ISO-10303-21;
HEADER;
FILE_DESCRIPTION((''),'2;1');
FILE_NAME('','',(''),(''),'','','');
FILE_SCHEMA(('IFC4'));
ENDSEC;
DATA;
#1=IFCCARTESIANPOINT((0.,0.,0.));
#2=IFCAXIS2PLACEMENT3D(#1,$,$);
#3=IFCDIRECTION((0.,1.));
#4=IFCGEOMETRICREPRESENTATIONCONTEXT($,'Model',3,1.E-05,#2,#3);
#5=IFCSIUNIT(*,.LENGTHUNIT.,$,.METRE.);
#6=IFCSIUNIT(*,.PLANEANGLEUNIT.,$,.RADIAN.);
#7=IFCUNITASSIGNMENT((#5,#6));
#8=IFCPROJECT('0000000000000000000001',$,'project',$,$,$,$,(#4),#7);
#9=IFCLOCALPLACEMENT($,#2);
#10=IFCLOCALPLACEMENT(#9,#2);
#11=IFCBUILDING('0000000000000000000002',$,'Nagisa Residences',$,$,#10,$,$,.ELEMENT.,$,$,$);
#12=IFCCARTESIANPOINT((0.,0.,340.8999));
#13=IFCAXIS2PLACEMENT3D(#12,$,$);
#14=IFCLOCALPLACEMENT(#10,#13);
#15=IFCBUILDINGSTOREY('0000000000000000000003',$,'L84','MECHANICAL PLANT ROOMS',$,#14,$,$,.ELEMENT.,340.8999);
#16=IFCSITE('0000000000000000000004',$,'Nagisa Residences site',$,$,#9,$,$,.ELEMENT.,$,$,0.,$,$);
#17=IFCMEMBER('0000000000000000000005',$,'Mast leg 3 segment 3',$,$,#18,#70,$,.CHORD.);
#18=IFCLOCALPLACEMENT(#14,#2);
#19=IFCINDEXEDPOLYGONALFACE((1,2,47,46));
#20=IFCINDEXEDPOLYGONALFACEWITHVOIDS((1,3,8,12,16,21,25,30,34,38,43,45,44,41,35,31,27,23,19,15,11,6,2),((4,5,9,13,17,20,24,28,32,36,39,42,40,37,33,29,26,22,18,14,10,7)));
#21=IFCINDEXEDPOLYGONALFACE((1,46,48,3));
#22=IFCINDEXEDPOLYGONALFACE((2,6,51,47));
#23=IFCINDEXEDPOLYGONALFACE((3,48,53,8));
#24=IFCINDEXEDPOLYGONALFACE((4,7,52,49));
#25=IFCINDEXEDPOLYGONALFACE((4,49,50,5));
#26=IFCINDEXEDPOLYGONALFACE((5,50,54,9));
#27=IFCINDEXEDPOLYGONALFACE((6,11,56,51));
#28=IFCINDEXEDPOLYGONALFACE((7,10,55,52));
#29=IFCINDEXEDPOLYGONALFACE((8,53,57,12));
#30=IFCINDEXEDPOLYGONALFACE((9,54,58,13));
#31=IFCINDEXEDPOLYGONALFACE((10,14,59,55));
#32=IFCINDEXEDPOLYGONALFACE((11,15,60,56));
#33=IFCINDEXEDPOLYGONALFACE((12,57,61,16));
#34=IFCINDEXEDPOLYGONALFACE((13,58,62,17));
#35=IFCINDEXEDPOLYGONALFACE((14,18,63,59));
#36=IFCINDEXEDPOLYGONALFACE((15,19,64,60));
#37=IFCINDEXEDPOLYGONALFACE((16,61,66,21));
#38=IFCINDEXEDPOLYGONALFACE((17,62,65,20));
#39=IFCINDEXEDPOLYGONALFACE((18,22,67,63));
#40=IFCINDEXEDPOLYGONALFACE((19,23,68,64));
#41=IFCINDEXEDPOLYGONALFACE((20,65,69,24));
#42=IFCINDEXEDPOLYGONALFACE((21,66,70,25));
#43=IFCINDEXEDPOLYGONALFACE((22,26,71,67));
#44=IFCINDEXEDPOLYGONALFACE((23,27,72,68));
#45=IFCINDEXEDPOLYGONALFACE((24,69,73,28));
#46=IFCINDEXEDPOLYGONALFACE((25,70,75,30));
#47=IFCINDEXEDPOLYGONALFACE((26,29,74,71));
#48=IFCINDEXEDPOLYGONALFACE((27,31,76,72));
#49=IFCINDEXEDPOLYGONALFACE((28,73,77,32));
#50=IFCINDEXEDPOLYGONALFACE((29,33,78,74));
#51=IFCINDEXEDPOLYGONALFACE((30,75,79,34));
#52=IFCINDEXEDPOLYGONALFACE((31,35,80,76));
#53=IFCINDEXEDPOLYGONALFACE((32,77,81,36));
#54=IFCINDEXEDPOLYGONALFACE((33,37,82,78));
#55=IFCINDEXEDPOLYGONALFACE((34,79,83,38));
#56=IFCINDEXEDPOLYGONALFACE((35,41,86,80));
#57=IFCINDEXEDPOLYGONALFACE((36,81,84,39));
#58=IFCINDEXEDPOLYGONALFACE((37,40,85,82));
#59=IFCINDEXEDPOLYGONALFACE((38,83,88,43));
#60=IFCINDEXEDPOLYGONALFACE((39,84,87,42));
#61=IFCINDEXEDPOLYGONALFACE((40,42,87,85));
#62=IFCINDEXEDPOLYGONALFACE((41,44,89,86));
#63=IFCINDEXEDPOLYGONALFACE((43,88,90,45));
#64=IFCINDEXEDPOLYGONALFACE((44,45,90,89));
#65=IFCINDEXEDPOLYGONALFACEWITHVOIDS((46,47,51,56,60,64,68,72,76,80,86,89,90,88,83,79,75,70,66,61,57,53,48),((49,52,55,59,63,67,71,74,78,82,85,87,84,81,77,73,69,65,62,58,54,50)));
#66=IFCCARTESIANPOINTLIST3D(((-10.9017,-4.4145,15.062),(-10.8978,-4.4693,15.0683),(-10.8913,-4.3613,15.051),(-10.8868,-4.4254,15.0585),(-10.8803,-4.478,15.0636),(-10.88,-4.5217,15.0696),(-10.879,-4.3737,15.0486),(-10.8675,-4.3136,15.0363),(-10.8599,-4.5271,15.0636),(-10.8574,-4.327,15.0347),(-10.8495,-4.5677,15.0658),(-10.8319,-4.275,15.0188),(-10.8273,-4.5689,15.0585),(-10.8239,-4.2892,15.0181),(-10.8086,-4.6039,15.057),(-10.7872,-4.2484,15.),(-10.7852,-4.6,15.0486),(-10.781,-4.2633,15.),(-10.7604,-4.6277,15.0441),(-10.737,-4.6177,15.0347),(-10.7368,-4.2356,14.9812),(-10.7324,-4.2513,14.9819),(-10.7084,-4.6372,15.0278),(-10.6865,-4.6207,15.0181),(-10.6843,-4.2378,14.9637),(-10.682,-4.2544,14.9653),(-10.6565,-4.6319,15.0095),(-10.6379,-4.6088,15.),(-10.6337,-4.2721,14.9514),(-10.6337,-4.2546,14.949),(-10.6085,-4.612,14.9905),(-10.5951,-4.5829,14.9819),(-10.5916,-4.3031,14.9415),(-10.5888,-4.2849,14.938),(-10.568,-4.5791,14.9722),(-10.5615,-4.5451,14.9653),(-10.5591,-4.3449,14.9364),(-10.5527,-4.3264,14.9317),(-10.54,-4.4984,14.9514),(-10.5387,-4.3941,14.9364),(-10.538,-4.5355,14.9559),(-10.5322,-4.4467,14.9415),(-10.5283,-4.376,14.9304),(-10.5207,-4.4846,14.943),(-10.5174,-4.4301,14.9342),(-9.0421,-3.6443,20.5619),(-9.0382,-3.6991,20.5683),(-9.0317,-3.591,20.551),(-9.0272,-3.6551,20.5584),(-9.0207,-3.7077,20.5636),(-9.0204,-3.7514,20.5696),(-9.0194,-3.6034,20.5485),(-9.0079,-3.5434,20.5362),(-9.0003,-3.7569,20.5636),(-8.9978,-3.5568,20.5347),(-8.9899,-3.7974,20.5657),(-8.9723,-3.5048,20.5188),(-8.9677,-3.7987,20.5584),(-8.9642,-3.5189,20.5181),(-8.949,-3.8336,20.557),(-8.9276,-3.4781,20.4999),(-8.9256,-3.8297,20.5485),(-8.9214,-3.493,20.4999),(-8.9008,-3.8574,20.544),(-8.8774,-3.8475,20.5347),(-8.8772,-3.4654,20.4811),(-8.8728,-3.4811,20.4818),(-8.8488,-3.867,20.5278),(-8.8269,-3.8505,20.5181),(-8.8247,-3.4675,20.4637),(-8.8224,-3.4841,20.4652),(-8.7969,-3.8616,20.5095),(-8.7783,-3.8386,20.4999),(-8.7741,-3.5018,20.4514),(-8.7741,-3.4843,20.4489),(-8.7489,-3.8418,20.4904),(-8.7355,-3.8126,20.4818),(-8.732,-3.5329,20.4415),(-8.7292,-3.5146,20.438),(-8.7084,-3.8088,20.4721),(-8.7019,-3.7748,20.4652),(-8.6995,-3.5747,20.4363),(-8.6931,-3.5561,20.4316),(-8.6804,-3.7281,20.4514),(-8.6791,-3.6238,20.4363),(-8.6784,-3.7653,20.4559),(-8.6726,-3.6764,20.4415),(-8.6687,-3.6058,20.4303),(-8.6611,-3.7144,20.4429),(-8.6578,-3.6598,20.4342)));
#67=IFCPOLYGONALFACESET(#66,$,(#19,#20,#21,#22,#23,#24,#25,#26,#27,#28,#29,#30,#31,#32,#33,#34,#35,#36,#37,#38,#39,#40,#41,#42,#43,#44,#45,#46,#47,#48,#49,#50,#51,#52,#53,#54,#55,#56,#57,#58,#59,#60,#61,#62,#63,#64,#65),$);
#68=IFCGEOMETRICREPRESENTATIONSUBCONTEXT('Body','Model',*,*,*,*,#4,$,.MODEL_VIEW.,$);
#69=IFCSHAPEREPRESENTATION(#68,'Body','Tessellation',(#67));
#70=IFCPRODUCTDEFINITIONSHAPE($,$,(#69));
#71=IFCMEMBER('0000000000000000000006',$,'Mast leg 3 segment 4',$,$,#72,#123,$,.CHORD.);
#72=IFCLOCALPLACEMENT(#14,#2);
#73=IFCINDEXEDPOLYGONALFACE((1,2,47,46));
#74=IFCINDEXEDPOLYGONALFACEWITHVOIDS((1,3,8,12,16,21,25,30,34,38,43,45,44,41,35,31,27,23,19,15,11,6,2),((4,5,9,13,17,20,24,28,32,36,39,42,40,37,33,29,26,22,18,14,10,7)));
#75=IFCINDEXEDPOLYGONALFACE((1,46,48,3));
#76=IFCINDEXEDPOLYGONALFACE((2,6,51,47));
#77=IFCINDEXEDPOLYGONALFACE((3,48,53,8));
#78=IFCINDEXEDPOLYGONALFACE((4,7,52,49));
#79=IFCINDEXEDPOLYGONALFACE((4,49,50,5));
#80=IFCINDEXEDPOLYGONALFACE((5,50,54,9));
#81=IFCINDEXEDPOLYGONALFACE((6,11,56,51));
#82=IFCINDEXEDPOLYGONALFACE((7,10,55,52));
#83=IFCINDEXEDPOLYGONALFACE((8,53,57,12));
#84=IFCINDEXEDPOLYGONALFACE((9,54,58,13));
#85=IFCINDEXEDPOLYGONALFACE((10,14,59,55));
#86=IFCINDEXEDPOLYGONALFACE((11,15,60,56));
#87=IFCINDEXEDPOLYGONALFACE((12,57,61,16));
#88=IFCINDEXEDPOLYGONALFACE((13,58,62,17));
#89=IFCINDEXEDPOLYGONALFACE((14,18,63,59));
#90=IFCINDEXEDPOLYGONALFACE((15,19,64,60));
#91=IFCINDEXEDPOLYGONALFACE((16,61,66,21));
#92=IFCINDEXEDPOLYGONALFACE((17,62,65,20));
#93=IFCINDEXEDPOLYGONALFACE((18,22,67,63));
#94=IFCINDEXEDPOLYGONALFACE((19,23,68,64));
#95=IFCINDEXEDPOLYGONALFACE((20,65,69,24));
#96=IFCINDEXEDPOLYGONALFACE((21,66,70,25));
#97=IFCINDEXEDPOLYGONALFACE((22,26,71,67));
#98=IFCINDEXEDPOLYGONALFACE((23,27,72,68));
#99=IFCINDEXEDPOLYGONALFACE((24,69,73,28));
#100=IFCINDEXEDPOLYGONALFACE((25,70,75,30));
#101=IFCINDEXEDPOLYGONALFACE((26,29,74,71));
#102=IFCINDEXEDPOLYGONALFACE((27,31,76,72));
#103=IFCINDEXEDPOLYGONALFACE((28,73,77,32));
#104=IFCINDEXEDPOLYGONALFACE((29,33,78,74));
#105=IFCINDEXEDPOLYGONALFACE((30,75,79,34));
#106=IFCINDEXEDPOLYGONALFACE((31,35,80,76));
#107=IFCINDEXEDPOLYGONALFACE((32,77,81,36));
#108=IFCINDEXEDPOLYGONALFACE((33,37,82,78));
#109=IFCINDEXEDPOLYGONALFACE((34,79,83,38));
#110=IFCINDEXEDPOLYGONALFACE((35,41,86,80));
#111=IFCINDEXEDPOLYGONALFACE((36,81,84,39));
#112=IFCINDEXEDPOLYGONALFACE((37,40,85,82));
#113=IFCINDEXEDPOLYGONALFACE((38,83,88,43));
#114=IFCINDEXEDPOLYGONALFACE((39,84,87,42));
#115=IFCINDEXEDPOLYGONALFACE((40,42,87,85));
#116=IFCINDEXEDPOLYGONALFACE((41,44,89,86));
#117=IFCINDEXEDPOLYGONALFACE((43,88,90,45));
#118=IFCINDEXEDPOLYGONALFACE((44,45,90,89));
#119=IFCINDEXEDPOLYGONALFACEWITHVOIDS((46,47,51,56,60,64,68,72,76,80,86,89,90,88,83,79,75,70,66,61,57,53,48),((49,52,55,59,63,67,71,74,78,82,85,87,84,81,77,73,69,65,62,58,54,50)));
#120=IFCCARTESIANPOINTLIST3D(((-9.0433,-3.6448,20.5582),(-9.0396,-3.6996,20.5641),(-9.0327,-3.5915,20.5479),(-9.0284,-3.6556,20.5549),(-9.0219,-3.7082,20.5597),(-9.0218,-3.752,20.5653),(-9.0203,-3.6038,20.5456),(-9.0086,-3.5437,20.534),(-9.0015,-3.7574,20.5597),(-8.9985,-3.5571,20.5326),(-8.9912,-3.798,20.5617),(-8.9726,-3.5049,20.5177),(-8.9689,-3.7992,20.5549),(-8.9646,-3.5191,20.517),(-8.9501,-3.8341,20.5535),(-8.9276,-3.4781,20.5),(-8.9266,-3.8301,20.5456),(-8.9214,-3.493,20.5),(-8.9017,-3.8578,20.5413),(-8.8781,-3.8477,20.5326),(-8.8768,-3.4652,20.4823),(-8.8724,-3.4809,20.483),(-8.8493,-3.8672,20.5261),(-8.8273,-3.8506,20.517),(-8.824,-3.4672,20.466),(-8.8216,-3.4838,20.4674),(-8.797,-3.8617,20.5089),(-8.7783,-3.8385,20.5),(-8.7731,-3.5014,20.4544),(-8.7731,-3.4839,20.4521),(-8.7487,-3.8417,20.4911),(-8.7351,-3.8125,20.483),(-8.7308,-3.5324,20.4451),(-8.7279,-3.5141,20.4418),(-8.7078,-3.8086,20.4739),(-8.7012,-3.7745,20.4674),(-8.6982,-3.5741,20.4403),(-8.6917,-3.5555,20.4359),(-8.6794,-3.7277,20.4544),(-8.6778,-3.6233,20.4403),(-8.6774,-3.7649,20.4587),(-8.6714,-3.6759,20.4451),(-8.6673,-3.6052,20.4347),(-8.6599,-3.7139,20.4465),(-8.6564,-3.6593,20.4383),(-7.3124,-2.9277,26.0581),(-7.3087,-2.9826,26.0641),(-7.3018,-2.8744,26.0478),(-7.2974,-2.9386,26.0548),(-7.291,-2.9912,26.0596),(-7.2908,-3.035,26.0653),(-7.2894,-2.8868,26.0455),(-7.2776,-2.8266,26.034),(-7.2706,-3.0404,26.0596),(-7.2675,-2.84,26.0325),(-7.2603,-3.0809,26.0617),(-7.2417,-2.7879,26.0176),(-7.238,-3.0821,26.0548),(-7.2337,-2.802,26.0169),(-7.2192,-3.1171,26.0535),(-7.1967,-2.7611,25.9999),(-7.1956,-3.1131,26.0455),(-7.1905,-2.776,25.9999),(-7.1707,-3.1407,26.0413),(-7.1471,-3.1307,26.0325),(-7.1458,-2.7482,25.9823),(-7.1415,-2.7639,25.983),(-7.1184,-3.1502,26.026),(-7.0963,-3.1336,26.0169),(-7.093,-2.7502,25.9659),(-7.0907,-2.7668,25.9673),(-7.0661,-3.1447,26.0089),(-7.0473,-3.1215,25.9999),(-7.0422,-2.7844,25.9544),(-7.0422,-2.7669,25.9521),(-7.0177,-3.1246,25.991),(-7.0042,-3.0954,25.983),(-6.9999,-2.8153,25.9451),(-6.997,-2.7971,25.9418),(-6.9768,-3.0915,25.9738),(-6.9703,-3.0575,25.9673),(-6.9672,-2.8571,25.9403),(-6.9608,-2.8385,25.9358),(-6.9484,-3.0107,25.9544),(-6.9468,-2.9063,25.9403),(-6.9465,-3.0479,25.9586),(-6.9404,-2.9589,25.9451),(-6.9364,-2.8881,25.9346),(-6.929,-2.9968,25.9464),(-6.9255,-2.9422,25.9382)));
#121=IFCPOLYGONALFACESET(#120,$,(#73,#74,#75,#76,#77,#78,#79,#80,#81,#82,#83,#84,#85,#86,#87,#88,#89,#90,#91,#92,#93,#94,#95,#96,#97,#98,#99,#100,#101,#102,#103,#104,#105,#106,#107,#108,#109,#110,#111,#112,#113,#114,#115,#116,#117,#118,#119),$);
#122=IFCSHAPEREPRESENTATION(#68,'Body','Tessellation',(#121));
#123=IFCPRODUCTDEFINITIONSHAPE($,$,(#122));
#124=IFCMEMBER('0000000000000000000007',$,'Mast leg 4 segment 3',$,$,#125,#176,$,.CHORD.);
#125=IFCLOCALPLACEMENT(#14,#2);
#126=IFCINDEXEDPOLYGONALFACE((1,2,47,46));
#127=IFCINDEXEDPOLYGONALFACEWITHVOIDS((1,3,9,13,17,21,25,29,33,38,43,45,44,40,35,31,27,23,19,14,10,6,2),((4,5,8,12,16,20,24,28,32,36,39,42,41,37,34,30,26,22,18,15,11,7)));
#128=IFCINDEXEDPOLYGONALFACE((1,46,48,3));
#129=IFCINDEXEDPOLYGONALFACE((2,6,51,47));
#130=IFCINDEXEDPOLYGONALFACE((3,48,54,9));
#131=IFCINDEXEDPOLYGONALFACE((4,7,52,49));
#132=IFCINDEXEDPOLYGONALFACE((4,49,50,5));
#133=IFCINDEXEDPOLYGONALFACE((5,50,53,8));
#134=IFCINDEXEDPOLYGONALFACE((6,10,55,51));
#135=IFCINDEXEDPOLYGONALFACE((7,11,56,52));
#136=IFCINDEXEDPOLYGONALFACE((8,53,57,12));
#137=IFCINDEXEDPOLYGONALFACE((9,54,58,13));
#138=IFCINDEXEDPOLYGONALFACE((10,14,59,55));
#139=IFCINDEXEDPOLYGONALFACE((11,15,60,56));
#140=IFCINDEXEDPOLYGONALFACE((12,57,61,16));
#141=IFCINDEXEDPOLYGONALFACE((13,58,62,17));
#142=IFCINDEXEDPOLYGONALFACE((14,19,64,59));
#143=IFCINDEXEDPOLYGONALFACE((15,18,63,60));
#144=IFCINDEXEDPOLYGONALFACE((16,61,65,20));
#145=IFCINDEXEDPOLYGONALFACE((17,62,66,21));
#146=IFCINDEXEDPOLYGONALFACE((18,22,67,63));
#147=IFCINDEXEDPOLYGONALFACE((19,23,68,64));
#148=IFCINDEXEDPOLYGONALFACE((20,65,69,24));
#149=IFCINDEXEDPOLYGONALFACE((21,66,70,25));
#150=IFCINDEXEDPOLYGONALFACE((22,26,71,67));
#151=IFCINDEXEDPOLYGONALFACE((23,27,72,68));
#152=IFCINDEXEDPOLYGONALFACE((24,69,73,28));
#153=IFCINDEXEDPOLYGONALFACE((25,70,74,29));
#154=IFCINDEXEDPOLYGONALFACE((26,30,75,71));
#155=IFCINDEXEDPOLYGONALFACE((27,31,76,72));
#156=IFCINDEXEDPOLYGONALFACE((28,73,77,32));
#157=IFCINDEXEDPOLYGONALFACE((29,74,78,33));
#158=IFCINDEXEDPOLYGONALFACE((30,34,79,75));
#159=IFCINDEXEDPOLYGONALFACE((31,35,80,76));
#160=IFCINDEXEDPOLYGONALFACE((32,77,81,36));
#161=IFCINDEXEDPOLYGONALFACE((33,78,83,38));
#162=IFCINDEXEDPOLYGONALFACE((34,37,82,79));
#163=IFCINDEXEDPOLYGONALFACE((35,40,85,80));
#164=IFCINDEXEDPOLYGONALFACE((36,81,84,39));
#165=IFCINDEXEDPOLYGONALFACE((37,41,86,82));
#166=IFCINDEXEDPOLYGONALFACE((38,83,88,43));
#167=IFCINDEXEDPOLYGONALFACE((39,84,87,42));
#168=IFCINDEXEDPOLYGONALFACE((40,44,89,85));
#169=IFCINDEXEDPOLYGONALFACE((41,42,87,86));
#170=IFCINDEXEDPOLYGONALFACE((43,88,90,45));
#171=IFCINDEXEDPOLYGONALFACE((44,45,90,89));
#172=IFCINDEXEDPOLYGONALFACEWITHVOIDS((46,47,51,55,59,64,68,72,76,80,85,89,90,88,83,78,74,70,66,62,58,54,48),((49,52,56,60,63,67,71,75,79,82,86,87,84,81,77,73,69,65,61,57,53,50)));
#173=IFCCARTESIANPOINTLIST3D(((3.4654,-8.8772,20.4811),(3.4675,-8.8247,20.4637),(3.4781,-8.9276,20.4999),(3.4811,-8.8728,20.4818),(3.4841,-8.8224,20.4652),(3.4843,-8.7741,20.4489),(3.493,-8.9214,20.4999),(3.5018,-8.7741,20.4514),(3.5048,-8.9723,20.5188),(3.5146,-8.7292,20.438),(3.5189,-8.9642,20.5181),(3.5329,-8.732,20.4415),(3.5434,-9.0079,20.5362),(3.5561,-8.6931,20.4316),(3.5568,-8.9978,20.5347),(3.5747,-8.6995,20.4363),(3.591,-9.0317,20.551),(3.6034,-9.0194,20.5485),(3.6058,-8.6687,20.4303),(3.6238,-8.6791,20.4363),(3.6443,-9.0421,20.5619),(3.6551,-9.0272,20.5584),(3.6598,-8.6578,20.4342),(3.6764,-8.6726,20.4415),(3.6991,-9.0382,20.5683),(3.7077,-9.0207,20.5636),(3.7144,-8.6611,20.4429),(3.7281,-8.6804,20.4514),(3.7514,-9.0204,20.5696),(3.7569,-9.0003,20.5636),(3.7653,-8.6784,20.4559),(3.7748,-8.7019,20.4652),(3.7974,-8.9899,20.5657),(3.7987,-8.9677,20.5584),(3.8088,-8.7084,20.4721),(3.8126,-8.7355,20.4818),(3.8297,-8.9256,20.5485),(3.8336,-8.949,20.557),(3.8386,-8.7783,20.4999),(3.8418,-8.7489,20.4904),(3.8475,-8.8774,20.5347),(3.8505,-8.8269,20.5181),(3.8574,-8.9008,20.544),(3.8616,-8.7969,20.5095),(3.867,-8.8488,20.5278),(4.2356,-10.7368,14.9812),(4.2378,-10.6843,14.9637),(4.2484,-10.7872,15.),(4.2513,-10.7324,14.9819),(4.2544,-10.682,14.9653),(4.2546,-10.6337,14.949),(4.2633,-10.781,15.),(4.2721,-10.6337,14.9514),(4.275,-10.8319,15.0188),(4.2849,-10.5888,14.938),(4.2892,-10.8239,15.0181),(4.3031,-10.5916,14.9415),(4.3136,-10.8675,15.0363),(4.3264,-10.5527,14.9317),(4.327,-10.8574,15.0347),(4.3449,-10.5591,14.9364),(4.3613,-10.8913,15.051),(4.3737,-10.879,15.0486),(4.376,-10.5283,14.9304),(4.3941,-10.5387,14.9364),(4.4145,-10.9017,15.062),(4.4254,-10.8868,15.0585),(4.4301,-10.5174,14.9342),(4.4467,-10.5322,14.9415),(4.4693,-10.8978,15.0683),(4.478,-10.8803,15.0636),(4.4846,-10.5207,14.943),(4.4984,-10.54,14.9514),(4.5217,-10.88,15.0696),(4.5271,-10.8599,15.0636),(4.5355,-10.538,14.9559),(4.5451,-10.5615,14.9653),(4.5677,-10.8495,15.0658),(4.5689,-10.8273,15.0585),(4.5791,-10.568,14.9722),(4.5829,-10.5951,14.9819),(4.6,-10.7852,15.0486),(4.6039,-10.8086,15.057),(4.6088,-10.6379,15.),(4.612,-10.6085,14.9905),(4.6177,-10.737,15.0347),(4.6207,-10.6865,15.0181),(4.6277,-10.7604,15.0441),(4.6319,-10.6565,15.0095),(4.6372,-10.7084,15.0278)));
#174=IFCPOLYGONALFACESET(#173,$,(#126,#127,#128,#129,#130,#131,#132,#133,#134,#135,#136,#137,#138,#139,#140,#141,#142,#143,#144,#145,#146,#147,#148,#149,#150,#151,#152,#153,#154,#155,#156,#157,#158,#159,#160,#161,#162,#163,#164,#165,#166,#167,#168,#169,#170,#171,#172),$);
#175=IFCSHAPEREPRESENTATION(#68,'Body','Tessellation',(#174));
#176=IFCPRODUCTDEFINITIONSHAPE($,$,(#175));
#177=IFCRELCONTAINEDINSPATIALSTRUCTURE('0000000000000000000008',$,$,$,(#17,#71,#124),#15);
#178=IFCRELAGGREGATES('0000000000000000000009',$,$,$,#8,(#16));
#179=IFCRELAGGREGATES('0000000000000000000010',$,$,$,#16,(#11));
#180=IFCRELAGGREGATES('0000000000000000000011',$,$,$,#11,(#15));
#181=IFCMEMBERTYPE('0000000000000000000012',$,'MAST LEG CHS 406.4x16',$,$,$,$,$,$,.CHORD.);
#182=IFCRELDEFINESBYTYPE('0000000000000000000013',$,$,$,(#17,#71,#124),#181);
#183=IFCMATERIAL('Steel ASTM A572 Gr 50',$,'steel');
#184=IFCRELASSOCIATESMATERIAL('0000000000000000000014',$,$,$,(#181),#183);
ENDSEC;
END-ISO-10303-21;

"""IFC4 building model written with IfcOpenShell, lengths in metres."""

from ifc_helpers import new_model, si_unit, direction, frame, origin, origin_2d, place, context, subcontext, project, spatial, hollow_circle, extrude, material, material_profile, profile_set, type_object, element, save


model = new_model("IFC4")

# Units and contexts
model_context = context("Model", 3, precision=1e-05, world=origin(), true_north=direction((0.0, 1.0)))
body_context = subcontext(model_context, "Body", "Model", "MODEL_VIEW")
ifc_project = project(units=[si_unit("LENGTHUNIT", "METRE"), si_unit("PLANEANGLEUNIT", "RADIAN")], contexts=[model_context])

# Site, building, storey
site_placement = place(None, origin())
site = spatial("IfcSite", under=ifc_project, at=site_placement, Name="Nagisa Residences site", CompositionType="ELEMENT", RefElevation=0.0)
building_placement = place(site_placement, origin())
building = spatial("IfcBuilding", under=site, at=building_placement, Name="Nagisa Residences", CompositionType="ELEMENT")
storey_placement = place(building_placement, frame((0.0, 0.0, 340.8999)))
storey = spatial("IfcBuildingStorey", under=building, at=storey_placement, Name="L84", Description="MECHANICAL PLANT ROOMS", CompositionType="ELEMENT", Elevation=340.8999)

# Members
ifc_material_1 = material(Name="Steel ASTM A572 Gr 50", Category="steel")
ifc_material_profile_1 = material_profile(ifc_material_1, hollow_circle(Radius=0.2031, WallThickness=0.0161, at=origin_2d()), Name="MAST LEG CHS 406.4x16")
ifc_profile_set_1 = profile_set([ifc_material_profile_1], Name="Steel ASTM A572 Gr 50")
member_type_1 = type_object("IfcMemberType", Name="MAST LEG CHS 406.4x16", PredefinedType="CHORD", material=ifc_profile_set_1)
member_1_placement = place(storey_placement, frame((-10.7095, -4.436, 15.0), z_axis=(0.317517, 0.131517, 0.939088), x_axis=(-0.382677, 0.923882, 0.0)))
element("IfcMember", 1, at=member_1_placement, inside=storey, type_object=member_type_1, Name="Mast leg 3 segment 3", PredefinedType="CHORD", context=body_context, shape_type="SweptSolid", body=[
    extrude(hollow_circle(Radius=0.2031, WallThickness=0.0161, at=origin_2d()), origin(), (0.0, 0.0, 1.0), 5.8567),
])
member_2_placement = place(storey_placement, frame((-8.8499, -3.6658, 20.5), z_axis=(0.297908, 0.123407, 0.946584), x_axis=(-0.382709, 0.923869, 0.0)))
element("IfcMember", 2, at=member_2_placement, inside=storey, type_object=member_type_1, Name="Mast leg 3 segment 4", PredefinedType="CHORD", context=body_context, shape_type="SweptSolid", body=[
    extrude(hollow_circle(Radius=0.2031, WallThickness=0.0161, at=origin_2d()), origin(), (0.0, 0.0, 1.0), 5.8103),
])
member_3_placement = place(storey_placement, frame((4.436, -10.7095, 15.0), z_axis=(-0.131517, 0.317517, 0.939088), x_axis=(-0.923882, -0.382677, 0.0)))
element("IfcMember", 3, at=member_3_placement, inside=storey, type_object=member_type_1, Name="Mast leg 4 segment 3", PredefinedType="CHORD", context=body_context, shape_type="SweptSolid", body=[
    extrude(hollow_circle(Radius=0.2031, WallThickness=0.0161, at=origin_2d()), origin(), (0.0, 0.0, 1.0), 5.8567),
])

save(model, "model.ifc")
